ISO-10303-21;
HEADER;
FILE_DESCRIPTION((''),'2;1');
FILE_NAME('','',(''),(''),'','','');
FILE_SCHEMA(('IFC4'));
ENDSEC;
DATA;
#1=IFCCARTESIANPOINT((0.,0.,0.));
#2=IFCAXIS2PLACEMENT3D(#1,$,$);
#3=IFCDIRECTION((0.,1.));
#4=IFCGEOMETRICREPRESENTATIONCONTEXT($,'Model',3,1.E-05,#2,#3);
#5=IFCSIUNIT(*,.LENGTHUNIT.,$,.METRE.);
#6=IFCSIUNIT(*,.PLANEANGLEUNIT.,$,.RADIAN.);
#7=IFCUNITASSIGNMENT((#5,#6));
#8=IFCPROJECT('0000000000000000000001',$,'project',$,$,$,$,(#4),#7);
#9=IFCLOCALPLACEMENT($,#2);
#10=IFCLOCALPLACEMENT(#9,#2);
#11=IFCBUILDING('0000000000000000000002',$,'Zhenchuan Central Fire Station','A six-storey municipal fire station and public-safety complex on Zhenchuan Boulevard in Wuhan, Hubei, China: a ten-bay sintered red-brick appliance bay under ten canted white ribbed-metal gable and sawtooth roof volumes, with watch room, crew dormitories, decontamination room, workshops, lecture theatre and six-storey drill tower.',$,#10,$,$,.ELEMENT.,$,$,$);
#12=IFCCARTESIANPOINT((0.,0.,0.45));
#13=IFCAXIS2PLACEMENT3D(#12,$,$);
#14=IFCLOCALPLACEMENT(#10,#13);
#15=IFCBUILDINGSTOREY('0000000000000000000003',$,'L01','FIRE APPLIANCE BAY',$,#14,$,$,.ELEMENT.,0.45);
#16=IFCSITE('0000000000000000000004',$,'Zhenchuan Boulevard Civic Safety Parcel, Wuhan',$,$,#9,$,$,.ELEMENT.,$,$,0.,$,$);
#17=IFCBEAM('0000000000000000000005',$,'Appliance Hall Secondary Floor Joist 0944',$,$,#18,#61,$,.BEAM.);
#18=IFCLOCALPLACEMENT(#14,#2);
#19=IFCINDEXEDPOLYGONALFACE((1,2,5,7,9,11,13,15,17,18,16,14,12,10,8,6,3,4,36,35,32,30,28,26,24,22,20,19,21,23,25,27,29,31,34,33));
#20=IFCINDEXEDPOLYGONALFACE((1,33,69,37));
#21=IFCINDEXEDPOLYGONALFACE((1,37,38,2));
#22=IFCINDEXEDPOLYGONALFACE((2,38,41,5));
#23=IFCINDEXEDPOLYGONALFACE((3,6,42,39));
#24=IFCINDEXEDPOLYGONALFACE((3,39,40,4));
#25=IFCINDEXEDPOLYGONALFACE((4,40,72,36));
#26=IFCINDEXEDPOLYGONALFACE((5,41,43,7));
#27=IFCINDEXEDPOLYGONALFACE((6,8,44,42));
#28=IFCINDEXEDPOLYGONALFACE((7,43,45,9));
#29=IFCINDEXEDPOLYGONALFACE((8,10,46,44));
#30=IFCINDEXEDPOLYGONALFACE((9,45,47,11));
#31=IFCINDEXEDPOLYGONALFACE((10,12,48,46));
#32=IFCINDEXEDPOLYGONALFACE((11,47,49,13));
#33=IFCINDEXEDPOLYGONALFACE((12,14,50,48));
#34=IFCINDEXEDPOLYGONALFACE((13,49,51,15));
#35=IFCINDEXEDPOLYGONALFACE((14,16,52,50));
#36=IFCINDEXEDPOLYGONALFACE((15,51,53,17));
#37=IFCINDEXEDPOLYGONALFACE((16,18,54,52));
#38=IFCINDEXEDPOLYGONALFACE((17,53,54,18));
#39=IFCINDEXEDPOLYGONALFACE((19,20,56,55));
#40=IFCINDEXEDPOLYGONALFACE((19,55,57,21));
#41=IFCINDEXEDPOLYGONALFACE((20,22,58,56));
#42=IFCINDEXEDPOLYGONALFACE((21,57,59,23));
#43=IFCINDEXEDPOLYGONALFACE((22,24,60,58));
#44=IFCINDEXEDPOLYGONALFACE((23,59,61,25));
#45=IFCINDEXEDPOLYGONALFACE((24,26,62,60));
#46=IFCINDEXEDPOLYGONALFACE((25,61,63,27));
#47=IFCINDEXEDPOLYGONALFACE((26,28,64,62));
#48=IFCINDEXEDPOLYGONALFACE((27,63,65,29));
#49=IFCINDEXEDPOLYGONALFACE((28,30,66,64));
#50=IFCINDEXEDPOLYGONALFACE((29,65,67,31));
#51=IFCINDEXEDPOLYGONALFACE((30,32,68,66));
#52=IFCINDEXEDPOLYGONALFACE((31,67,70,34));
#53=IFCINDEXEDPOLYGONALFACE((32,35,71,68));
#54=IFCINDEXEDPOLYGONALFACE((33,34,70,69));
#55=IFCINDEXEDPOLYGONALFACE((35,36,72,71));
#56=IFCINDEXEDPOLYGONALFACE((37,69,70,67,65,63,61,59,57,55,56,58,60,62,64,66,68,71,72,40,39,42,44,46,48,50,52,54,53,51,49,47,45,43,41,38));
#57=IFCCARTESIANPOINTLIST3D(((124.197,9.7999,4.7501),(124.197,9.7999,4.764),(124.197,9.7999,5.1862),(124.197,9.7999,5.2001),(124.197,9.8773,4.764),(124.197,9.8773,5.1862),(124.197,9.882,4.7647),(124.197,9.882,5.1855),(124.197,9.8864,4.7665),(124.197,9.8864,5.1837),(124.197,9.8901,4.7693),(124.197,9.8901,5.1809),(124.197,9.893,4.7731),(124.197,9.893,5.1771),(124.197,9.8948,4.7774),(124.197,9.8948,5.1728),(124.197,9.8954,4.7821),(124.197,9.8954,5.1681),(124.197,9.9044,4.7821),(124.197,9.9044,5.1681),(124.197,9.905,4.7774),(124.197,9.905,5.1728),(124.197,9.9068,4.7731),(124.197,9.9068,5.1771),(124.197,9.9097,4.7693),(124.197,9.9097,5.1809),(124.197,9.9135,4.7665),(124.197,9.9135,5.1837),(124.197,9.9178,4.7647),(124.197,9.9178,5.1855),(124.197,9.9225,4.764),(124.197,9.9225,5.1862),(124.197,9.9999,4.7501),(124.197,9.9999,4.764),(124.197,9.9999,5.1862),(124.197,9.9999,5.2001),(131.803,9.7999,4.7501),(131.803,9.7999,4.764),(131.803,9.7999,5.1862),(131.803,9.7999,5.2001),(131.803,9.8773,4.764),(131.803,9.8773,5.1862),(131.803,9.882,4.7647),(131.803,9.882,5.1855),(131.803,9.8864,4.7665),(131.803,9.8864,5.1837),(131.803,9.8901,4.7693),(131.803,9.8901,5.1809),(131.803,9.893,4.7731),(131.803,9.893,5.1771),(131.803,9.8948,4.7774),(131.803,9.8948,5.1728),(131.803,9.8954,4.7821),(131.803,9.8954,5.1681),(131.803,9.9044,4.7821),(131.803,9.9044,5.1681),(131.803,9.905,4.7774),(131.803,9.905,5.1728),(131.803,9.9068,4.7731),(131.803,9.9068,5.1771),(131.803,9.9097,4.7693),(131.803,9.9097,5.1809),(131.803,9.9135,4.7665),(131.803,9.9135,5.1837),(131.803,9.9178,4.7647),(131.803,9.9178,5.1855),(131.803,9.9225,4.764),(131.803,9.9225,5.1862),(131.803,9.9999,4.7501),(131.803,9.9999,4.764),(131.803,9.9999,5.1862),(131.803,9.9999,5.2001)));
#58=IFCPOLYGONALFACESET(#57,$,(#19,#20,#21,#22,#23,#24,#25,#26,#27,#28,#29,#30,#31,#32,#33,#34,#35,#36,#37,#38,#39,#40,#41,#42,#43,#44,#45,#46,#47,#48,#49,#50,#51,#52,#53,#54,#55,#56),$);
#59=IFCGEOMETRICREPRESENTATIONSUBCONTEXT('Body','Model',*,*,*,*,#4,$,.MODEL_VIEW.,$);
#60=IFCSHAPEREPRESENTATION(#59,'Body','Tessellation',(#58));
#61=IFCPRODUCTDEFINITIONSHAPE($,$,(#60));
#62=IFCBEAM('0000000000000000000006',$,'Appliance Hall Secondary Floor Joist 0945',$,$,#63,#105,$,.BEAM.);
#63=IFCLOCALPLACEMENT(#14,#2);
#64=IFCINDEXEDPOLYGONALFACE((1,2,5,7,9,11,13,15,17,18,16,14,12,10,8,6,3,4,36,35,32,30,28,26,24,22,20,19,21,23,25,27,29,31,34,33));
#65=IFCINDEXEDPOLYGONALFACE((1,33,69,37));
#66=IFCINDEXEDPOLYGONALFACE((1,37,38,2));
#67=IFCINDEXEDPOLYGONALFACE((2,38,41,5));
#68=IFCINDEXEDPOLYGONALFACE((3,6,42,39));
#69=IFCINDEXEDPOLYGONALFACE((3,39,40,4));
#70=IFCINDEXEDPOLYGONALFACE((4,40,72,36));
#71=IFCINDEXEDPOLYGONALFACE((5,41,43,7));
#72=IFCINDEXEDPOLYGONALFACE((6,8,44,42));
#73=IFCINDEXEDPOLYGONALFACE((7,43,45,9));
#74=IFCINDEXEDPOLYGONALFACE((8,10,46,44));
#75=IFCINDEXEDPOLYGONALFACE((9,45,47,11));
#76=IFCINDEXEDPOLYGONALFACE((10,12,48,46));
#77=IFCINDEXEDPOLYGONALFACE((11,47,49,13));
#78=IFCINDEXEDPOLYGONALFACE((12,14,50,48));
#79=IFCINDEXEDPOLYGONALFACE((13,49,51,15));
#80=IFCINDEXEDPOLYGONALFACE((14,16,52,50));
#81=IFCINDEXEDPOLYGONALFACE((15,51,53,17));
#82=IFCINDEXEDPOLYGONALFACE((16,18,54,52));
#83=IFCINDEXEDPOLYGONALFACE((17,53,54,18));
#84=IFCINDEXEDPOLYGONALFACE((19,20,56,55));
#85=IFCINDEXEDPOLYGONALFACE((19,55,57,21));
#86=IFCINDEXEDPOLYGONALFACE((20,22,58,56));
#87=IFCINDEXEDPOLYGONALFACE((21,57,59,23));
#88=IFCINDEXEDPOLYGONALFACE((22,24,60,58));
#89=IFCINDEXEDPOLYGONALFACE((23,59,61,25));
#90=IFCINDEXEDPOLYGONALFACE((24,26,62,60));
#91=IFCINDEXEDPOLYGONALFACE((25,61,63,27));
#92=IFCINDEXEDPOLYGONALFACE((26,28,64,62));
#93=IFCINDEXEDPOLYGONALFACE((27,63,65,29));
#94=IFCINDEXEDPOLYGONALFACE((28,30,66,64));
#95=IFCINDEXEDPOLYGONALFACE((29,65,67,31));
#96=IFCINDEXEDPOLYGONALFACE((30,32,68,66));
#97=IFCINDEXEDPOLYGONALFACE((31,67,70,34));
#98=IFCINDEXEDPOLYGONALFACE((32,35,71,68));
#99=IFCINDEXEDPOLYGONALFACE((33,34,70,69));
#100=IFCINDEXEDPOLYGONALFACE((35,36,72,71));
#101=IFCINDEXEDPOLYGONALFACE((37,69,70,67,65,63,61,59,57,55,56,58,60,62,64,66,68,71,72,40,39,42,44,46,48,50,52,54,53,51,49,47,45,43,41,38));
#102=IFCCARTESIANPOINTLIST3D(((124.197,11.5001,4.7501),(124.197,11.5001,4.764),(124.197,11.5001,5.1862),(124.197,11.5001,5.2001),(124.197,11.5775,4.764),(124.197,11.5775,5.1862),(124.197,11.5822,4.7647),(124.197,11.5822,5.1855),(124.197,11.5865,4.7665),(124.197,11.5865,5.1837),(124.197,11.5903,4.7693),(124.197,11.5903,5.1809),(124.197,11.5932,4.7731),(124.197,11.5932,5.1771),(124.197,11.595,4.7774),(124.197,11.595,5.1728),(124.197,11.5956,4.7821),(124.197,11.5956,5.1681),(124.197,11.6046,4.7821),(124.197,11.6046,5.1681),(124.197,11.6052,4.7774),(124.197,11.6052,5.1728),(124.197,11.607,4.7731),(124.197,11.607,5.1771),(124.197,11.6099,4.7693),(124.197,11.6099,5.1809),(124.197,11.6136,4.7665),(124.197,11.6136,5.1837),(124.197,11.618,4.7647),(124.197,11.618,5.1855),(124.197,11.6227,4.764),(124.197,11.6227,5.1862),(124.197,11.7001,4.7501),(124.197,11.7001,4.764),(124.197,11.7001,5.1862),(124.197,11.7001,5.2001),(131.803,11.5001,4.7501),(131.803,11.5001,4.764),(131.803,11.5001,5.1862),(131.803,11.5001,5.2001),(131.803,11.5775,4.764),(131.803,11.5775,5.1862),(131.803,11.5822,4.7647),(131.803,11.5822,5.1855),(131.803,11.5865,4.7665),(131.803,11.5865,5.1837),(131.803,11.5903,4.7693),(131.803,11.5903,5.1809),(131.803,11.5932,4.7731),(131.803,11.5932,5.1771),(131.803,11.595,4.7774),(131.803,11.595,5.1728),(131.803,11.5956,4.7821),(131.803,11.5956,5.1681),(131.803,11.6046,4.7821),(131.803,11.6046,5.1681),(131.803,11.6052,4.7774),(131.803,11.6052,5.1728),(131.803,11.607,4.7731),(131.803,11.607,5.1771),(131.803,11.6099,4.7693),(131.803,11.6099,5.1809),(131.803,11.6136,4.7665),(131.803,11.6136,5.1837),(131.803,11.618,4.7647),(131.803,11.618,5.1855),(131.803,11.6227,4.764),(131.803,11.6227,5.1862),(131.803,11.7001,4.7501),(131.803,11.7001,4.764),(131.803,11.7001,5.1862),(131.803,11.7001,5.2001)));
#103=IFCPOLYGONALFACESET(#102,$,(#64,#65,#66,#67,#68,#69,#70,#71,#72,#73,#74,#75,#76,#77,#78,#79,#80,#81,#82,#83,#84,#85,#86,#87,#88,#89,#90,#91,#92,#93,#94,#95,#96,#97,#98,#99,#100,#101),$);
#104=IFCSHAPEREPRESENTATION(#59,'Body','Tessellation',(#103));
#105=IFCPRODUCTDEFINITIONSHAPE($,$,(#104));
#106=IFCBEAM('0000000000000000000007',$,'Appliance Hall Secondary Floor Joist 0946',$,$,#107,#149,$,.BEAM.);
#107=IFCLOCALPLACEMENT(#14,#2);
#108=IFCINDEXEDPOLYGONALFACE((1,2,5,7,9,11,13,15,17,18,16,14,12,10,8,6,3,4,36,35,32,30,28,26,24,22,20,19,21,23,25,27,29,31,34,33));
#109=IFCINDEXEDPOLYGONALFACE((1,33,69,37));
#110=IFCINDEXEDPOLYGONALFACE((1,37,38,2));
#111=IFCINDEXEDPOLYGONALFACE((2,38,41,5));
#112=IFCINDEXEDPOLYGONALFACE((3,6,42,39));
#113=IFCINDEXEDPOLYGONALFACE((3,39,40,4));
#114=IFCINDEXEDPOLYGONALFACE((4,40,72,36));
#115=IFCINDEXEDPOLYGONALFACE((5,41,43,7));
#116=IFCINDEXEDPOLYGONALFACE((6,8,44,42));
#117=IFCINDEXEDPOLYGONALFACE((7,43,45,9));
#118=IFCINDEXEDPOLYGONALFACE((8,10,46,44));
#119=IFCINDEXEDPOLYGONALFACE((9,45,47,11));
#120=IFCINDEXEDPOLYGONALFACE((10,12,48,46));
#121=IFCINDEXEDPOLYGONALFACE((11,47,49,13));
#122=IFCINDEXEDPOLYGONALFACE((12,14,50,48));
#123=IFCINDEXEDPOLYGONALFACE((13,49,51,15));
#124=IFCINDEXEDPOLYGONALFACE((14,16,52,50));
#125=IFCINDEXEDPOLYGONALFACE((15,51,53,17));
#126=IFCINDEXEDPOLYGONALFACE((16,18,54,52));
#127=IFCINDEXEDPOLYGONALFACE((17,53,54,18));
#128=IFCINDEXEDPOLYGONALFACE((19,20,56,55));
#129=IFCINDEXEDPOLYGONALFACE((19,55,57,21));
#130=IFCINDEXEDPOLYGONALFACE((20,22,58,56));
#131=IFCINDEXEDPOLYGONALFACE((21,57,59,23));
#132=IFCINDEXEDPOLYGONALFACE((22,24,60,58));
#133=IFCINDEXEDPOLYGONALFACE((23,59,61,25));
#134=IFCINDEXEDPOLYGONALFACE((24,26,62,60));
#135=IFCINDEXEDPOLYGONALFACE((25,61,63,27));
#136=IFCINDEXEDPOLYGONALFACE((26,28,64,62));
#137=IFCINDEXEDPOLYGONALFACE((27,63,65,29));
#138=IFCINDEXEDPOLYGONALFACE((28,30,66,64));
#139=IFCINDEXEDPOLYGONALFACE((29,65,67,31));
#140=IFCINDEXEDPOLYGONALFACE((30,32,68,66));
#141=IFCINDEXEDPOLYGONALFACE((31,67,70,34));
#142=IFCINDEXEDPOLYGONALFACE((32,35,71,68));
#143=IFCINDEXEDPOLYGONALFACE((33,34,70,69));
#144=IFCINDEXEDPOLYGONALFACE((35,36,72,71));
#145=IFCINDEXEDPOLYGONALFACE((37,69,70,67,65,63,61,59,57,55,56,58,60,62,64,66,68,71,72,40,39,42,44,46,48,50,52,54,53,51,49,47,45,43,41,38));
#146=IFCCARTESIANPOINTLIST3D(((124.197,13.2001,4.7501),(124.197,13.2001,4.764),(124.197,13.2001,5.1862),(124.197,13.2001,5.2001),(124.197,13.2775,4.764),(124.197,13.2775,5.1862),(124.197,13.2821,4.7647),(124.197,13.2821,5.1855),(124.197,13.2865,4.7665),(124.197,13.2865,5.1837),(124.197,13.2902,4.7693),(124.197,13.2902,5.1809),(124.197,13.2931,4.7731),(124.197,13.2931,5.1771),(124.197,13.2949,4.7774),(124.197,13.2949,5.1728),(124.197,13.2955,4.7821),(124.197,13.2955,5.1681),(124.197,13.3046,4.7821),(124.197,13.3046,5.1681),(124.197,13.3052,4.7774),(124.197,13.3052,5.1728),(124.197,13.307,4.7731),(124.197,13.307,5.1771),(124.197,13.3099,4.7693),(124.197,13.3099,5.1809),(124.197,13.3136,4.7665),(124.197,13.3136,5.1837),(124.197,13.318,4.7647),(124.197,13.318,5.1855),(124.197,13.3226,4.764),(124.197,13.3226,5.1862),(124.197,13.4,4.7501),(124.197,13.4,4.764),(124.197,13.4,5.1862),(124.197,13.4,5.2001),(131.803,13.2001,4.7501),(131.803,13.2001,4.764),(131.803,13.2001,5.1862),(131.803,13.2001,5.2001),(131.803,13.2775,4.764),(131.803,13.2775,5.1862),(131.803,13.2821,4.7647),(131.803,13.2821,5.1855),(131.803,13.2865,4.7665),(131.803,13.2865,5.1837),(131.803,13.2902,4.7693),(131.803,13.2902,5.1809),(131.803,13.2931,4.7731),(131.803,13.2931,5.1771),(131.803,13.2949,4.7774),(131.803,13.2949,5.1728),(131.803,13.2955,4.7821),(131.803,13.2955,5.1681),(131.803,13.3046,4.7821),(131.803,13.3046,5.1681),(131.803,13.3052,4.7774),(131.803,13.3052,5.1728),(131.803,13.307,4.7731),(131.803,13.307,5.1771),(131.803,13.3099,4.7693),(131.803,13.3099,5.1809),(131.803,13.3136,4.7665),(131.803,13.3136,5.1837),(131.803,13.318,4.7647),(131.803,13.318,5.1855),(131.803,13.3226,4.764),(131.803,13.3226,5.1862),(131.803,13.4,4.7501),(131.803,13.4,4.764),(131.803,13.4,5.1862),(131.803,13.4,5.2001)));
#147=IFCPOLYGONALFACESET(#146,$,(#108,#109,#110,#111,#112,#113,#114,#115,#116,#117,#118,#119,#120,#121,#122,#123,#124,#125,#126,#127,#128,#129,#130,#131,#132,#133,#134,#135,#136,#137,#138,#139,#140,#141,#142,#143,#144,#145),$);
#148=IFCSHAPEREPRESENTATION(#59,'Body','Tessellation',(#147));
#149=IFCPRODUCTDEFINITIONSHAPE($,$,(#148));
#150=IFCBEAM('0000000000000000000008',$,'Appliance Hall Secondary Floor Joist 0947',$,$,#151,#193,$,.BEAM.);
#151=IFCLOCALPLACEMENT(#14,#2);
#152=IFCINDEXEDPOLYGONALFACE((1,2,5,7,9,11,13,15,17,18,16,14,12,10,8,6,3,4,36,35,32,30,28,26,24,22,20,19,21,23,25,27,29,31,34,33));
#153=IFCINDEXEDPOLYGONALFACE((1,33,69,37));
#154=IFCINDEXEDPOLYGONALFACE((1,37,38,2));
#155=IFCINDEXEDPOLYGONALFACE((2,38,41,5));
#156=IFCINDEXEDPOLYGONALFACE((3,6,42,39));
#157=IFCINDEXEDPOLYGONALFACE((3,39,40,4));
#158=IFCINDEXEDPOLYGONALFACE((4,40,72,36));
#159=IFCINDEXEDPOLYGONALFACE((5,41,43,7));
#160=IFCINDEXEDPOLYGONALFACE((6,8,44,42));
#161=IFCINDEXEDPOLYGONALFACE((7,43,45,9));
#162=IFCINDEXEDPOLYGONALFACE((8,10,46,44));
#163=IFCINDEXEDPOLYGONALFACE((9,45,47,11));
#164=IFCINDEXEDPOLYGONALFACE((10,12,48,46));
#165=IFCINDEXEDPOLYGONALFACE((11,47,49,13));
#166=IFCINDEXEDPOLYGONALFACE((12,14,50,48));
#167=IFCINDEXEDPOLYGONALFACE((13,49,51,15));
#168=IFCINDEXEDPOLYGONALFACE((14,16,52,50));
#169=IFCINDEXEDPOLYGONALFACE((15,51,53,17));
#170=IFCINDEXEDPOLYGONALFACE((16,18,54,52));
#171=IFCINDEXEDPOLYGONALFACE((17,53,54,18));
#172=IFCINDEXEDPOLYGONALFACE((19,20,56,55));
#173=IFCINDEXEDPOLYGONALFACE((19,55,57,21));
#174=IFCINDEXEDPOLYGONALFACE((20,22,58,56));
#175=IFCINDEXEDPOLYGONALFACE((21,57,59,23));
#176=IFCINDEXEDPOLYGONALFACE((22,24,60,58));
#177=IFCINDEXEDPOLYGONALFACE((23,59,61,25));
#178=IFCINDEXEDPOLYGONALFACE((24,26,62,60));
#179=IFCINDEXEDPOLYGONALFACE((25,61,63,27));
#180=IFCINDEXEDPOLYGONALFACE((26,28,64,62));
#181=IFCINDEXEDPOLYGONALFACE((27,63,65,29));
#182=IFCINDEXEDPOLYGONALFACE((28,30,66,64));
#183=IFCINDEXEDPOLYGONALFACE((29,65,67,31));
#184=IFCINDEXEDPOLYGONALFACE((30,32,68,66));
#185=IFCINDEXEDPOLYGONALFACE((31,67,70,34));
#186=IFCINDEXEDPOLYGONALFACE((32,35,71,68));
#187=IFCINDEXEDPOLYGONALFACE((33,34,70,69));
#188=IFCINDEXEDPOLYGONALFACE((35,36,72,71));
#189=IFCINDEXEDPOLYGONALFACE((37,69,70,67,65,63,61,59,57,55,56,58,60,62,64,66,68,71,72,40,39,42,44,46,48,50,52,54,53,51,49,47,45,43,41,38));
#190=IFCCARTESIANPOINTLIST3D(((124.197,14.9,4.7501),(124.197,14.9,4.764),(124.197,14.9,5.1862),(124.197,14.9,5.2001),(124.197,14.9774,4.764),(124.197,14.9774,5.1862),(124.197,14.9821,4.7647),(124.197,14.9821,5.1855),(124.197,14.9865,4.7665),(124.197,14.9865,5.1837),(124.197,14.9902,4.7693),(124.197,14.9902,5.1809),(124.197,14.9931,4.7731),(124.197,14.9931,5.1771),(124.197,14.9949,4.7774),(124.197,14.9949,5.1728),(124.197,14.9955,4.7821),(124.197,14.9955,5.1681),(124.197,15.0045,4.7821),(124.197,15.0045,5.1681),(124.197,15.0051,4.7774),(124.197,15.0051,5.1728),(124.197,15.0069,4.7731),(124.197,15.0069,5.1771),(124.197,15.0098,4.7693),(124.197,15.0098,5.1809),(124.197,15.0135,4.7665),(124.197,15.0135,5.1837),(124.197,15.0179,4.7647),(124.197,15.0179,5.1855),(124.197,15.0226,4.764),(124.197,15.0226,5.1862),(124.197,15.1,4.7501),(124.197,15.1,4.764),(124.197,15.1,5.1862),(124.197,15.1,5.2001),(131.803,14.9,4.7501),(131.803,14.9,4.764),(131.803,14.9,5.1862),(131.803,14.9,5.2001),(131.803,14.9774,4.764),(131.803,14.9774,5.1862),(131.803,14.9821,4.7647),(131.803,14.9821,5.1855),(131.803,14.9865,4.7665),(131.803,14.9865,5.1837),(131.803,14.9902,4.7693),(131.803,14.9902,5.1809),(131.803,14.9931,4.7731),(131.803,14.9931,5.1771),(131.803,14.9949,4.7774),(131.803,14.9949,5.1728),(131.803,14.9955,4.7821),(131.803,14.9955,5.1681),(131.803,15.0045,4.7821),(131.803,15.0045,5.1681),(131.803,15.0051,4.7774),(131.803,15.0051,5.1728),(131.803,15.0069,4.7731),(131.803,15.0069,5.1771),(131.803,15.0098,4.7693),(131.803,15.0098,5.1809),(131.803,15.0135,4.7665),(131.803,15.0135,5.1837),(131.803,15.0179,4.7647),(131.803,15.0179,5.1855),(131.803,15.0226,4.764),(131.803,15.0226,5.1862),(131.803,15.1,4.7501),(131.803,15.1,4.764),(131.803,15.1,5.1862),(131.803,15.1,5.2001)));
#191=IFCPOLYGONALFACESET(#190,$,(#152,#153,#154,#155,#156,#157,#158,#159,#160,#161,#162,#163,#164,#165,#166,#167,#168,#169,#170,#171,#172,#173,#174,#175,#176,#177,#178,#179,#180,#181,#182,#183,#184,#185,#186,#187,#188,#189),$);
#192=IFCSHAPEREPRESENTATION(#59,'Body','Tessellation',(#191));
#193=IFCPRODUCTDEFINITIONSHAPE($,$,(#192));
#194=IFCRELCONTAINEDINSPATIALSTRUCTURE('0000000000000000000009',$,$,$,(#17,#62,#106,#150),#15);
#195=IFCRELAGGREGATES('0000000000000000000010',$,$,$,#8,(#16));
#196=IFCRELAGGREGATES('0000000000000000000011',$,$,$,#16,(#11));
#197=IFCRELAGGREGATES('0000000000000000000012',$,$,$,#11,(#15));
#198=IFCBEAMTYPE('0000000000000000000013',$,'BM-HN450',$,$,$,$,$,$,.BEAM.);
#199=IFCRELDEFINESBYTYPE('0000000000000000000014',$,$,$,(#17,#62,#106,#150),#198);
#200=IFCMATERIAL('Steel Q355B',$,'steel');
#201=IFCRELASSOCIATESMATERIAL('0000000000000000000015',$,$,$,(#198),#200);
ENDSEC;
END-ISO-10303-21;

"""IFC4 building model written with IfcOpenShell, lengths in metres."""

from ifc_helpers import new_model, si_unit, direction, frame, origin, origin_2d, place, context, subcontext, project, spatial, i_section, extrude, material, material_profile, profile_set, type_object, element, save


model = new_model("IFC4")

# Units and contexts
model_context = context("Model", 3, precision=1e-05, world=origin(), true_north=direction((0.0, 1.0)))
body_context = subcontext(model_context, "Body", "Model", "MODEL_VIEW")
ifc_project = project(units=[si_unit("LENGTHUNIT", "METRE"), si_unit("PLANEANGLEUNIT", "RADIAN")], contexts=[model_context])

# Site, building, storey
site_placement = place(None, origin())
site = spatial("IfcSite", under=ifc_project, at=site_placement, Name="Zhenchuan Boulevard Civic Safety Parcel, Wuhan", CompositionType="ELEMENT", RefElevation=0.0)
building_placement = place(site_placement, origin())
building = spatial("IfcBuilding", under=site, at=building_placement, Name="Zhenchuan Central Fire Station", Description="A six-storey municipal fire station and public-safety complex on Zhenchuan Boulevard in Wuhan, Hubei, China: a ten-bay sintered red-brick appliance bay under ten canted white ribbed-metal gable and sawtooth roof volumes, with watch room, crew dormitories, decontamination room, workshops, lecture theatre and six-storey drill tower.", CompositionType="ELEMENT")
storey_placement = place(building_placement, frame((0.0, 0.0, 0.45)))
storey = spatial("IfcBuildingStorey", under=building, at=storey_placement, Name="L01", Description="FIRE APPLIANCE BAY", CompositionType="ELEMENT", Elevation=0.45)

# Beams
ifc_material_1 = material(Name="Steel Q355B", Category="steel")
ifc_material_profile_1 = material_profile(ifc_material_1, i_section(OverallWidth=0.2, OverallDepth=0.45, WebThickness=0.009, FlangeThickness=0.0139, FilletRadius=0.0181, at=origin_2d()), Name="HN 450x200")
ifc_profile_set_1 = profile_set([ifc_material_profile_1], Name="Steel Q355B")
beam_type_1 = type_object("IfcBeamType", Name="BM-HN450", PredefinedType="BEAM", material=ifc_profile_set_1)
for number, where, z_axis, x_axis, name in (
    (1, (124.197, 9.8999, 4.9751), (1.0, 0.0, 0.0), (0.0, 1.0, 0.0), "Appliance Hall Secondary Floor Joist 0944"),
    (2, (124.197, 11.6001, 4.9751), (1.0, 0.0, 0.0), (0.0, 1.0, 0.0), "Appliance Hall Secondary Floor Joist 0945"),
    (3, (124.197, 13.3, 4.9751), (1.0, 0.0, 0.0), (0.0, 1.0, 0.0), "Appliance Hall Secondary Floor Joist 0946"),
    (4, (124.197, 15.0, 4.9751), (1.0, 0.0, 0.0), (0.0, 1.0, 0.0), "Appliance Hall Secondary Floor Joist 0947"),
):
    element("IfcBeam", number, at=place(storey_placement, frame(where, z_axis=z_axis, x_axis=x_axis)), inside=storey, type_object=beam_type_1, Name=name, PredefinedType="BEAM", context=body_context, shape_type="SweptSolid", body=[
        extrude(i_section(OverallWidth=0.2, OverallDepth=0.45, WebThickness=0.009, FlangeThickness=0.0139, FilletRadius=0.0181, at=origin_2d()), origin(), (0.0, 0.0, 1.0), 7.606),
    ])

save(model, "model.ifc")
